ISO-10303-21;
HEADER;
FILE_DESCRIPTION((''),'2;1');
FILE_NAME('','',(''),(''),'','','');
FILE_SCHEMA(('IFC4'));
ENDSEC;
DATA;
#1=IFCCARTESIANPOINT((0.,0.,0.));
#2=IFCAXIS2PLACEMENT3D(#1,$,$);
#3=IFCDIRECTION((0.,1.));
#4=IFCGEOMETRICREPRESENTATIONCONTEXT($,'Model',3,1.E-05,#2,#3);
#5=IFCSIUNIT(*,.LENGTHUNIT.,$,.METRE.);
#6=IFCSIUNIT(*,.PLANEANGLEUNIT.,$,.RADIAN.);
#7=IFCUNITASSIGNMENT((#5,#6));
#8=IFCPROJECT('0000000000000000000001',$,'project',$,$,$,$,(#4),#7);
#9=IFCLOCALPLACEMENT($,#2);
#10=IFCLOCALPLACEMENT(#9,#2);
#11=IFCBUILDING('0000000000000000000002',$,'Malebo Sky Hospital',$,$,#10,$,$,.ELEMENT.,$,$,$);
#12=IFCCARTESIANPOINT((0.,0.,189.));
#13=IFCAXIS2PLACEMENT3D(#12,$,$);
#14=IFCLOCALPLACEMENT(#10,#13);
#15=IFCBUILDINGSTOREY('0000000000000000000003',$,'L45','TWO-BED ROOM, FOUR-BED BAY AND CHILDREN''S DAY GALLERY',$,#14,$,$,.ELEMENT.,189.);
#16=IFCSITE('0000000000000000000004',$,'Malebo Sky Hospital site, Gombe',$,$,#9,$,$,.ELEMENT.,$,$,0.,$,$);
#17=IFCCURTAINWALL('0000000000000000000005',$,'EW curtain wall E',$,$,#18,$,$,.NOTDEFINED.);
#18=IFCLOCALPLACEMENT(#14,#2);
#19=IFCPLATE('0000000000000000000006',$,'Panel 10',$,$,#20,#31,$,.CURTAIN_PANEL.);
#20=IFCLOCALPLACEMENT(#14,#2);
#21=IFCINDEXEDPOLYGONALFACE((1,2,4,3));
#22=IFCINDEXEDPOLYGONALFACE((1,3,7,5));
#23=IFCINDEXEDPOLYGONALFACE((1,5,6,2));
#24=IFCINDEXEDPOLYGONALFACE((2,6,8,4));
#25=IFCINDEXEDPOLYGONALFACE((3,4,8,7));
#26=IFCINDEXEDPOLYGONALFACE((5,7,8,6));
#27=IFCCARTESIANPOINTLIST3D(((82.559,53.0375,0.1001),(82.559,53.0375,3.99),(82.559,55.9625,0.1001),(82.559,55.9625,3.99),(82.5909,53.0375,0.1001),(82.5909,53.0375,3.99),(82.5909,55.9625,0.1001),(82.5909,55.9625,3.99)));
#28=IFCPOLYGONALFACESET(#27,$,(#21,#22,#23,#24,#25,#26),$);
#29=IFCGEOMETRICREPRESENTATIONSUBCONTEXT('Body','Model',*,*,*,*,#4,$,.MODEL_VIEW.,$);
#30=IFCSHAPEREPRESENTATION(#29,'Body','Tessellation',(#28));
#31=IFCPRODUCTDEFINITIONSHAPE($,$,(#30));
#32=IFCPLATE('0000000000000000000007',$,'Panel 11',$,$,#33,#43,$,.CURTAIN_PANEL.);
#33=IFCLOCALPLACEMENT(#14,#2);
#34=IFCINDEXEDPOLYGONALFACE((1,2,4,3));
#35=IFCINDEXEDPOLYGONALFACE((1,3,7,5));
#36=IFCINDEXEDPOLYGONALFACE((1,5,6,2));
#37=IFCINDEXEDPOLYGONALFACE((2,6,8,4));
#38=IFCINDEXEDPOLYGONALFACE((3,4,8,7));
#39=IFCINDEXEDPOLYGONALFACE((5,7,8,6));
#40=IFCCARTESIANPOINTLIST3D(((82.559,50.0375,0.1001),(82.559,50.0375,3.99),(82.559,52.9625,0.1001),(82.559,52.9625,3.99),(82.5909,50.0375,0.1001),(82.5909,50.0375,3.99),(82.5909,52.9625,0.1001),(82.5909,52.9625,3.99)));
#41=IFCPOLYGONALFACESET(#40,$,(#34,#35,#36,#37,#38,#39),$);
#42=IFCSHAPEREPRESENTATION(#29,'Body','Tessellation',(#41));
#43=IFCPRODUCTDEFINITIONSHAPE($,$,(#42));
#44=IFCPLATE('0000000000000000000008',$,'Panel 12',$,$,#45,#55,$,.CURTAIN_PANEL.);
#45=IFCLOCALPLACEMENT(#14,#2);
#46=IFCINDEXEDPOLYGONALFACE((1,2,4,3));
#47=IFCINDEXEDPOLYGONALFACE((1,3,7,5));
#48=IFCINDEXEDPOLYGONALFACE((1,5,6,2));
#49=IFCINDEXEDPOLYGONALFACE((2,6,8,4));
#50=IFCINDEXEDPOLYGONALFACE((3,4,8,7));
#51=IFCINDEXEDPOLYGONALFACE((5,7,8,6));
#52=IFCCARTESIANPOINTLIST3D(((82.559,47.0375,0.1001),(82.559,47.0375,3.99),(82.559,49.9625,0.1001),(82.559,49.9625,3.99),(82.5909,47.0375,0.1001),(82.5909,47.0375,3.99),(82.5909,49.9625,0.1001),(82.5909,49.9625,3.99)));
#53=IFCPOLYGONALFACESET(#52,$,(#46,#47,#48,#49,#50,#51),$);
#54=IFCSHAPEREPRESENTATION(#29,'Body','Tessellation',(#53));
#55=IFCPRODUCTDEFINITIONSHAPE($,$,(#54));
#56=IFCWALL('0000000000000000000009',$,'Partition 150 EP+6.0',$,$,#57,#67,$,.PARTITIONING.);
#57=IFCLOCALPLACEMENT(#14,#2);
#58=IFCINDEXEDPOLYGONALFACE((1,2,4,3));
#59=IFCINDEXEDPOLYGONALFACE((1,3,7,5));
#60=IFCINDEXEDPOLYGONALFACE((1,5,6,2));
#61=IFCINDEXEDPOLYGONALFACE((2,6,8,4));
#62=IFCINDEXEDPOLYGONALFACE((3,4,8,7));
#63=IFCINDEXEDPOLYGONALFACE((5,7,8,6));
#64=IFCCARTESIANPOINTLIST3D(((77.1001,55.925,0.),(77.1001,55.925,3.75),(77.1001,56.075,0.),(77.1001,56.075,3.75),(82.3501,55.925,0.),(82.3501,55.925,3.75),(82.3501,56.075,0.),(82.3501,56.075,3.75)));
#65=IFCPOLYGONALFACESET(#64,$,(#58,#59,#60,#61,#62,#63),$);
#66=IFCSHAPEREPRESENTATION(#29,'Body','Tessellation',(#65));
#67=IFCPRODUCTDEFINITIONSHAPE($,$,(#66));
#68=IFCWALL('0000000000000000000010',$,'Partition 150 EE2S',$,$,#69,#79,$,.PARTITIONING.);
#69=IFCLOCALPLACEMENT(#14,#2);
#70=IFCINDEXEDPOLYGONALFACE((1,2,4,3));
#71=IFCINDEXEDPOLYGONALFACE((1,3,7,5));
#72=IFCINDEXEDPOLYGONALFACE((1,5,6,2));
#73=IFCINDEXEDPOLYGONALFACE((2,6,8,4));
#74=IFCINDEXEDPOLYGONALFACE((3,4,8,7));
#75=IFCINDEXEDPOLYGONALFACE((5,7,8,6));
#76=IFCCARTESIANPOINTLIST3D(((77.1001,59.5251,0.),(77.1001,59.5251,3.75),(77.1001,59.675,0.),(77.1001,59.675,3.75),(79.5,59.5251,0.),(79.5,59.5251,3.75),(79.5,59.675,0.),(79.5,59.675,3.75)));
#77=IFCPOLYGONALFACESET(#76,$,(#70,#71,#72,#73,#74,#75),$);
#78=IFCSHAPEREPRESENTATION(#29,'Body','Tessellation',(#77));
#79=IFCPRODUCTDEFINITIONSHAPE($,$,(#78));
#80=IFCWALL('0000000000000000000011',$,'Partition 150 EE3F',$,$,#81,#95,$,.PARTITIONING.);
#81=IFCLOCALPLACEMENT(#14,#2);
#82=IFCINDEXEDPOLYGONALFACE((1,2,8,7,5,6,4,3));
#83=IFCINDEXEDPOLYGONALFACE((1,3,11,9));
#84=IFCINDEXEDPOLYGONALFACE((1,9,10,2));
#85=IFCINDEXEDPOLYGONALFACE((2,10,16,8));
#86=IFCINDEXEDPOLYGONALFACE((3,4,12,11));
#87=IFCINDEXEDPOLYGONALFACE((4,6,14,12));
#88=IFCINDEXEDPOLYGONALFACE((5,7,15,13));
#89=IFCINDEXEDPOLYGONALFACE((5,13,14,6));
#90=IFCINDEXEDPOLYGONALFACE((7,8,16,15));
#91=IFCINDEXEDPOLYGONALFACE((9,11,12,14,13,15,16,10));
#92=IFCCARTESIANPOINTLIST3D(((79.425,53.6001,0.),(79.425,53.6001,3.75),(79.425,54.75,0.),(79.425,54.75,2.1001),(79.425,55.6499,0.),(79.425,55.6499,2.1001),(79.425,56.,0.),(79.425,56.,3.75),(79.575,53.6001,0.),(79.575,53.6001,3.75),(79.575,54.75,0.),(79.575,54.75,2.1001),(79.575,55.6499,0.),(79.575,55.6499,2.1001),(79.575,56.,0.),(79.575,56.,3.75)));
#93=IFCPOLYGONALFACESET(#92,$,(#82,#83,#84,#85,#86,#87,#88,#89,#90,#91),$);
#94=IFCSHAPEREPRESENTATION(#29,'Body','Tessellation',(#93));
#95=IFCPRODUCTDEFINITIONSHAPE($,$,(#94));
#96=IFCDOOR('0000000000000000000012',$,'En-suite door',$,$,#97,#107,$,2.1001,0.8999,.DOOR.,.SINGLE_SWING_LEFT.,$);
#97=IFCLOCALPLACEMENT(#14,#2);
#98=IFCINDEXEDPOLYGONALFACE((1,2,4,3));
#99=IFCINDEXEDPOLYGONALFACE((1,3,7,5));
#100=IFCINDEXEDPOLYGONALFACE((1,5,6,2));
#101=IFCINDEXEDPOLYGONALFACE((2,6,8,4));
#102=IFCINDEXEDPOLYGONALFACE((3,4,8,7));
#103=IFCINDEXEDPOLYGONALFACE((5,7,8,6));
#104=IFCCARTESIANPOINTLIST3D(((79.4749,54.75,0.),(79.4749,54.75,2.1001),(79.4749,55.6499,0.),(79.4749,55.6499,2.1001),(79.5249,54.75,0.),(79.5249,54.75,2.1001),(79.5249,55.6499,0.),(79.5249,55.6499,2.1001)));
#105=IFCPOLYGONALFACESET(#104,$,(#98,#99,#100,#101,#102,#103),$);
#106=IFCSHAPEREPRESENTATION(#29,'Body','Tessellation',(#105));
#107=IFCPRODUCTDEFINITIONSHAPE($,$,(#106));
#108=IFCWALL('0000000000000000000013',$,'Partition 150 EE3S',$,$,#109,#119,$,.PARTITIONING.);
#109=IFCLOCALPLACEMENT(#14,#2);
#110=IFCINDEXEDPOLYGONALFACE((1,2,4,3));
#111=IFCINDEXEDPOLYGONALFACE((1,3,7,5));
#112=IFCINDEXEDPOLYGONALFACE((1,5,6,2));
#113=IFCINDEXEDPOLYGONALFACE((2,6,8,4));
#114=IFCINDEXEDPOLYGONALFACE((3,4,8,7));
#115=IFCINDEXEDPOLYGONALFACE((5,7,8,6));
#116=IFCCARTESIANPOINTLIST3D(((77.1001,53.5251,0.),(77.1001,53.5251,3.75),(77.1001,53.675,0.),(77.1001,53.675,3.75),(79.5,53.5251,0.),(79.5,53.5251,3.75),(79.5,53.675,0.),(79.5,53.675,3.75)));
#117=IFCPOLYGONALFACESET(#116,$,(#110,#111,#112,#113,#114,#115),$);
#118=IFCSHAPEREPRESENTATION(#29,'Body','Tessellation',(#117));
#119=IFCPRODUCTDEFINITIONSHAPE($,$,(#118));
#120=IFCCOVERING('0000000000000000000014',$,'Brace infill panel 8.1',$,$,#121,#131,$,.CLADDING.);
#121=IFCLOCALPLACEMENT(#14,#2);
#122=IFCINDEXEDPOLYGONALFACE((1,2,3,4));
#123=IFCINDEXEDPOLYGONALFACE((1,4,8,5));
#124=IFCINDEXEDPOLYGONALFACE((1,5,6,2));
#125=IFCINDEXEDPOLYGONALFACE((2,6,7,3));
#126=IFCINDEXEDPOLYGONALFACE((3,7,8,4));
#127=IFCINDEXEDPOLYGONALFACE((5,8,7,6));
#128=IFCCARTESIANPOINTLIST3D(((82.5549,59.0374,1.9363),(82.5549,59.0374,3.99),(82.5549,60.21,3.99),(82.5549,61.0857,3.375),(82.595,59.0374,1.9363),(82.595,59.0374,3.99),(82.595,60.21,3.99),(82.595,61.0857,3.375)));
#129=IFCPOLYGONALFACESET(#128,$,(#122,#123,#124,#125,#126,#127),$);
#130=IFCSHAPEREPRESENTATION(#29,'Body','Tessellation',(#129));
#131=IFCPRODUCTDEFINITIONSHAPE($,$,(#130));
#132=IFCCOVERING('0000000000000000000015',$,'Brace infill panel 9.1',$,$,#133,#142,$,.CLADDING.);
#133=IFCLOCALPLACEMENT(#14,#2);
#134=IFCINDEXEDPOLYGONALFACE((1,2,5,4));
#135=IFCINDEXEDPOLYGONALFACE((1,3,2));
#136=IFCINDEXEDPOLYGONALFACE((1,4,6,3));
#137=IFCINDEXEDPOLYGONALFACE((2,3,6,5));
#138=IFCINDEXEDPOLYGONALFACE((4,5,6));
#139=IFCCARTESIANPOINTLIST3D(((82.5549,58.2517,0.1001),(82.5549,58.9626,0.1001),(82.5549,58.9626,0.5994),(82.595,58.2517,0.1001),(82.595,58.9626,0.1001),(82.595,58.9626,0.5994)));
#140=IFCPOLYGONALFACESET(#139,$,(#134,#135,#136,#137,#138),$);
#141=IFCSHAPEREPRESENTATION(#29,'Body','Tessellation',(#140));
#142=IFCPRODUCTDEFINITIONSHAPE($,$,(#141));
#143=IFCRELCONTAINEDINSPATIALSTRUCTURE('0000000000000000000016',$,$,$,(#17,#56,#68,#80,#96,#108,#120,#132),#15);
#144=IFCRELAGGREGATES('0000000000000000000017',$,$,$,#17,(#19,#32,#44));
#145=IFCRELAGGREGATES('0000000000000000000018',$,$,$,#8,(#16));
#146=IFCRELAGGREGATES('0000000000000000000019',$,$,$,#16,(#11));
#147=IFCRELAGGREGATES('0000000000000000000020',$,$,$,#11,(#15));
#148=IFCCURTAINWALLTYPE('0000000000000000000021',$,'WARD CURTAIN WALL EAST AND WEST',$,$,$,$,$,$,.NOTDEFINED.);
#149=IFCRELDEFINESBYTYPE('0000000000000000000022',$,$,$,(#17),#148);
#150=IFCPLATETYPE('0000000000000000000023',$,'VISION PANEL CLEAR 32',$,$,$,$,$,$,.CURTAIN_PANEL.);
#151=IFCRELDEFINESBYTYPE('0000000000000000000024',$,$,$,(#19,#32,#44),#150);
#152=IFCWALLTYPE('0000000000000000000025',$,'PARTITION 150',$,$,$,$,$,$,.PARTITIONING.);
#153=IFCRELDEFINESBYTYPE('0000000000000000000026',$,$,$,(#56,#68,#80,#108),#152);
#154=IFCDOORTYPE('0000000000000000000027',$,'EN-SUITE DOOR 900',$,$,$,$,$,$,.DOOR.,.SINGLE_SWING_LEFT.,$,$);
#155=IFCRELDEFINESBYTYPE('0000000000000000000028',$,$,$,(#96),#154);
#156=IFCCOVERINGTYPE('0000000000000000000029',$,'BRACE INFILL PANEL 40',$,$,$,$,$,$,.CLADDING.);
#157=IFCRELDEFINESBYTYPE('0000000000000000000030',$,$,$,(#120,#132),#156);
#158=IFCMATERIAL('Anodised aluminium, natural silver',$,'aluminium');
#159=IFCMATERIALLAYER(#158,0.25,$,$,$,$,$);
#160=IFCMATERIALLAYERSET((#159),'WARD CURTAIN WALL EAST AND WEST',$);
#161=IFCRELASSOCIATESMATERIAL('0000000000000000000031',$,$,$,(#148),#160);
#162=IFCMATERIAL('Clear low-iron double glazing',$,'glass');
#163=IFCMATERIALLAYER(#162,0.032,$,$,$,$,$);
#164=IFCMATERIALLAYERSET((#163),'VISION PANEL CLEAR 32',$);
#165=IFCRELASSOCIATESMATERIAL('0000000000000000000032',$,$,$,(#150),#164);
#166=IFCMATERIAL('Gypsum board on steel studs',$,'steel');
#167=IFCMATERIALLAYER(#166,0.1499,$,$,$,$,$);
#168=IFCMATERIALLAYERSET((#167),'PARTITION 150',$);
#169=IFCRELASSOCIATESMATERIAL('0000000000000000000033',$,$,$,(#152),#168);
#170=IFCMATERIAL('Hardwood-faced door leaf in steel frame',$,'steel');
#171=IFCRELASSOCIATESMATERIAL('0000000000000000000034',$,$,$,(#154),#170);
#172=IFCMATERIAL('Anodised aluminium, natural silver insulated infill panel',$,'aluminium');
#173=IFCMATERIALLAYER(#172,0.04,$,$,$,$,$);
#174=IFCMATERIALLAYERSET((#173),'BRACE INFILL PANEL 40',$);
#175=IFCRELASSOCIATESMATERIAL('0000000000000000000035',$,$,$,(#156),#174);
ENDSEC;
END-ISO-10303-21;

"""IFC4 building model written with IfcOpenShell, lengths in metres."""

from ifc_helpers import new_model, si_unit, direction, frame, frame_2d, origin, origin_2d, place, context, subcontext, project, spatial, polyline, rectangle, outline, extrude, material, layer, layer_set, type_object, element, fill, aggregate, save


model = new_model("IFC4")

# Units and contexts
model_context = context("Model", 3, precision=1e-05, world=origin(), true_north=direction((0.0, 1.0)))
body_context = subcontext(model_context, "Body", "Model", "MODEL_VIEW")
ifc_project = project(units=[si_unit("LENGTHUNIT", "METRE"), si_unit("PLANEANGLEUNIT", "RADIAN")], contexts=[model_context])

# Site, building, storey
site_placement = place(None, origin())
site = spatial("IfcSite", under=ifc_project, at=site_placement, Name="Malebo Sky Hospital site, Gombe", CompositionType="ELEMENT", RefElevation=0.0)
building_placement = place(site_placement, origin())
building = spatial("IfcBuilding", under=site, at=building_placement, Name="Malebo Sky Hospital", CompositionType="ELEMENT")
storey_placement = place(building_placement, frame((0.0, 0.0, 189.0)))
storey = spatial("IfcBuildingStorey", under=building, at=storey_placement, Name="L45", Description="TWO-BED ROOM, FOUR-BED BAY AND CHILDREN'S DAY GALLERY", CompositionType="ELEMENT", Elevation=189.0)

# Curtain wall
ifc_material_1 = material(Name="Anodised aluminium, natural silver", Category="aluminium")
ifc_layer_1 = layer(ifc_material_1, 0.25)
ifc_layer_set_1 = layer_set([ifc_layer_1], Name="WARD CURTAIN WALL EAST AND WEST")
curtain_wall_type = type_object("IfcCurtainWallType", Name="WARD CURTAIN WALL EAST AND WEST", PredefinedType="NOTDEFINED", material=ifc_layer_set_1)
curtain_wall_placement = place(storey_placement, origin())
curtain_wall = element("IfcCurtainWall", 1, at=curtain_wall_placement, inside=storey, type_object=curtain_wall_type, Name="EW curtain wall E", PredefinedType="NOTDEFINED")

# Plates
ifc_material_2 = material(Name="Clear low-iron double glazing", Category="glass")
ifc_layer_2 = layer(ifc_material_2, 0.032)
ifc_layer_set_2 = layer_set([ifc_layer_2], Name="VISION PANEL CLEAR 32")
plate_type = type_object("IfcPlateType", Name="VISION PANEL CLEAR 32", PredefinedType="CURTAIN_PANEL", material=ifc_layer_set_2)
plate_1_placement = place(storey_placement, frame((82.575, 54.5, 0.1001), z_axis=(0.0, 0.0, 1.0), x_axis=(0.0, -1.0, 0.0)))
plate_1 = element("IfcPlate", 2, at=plate_1_placement, type_object=plate_type, Name="Panel 10", PredefinedType="CURTAIN_PANEL", context=body_context, shape_type="SweptSolid", body=[
    extrude(rectangle(XDim=2.925, YDim=0.032, at=origin_2d()), origin(), (0.0, 0.0, 1.0), 3.8899),
])
plate_2_placement = place(storey_placement, frame((82.575, 51.5, 0.1001), z_axis=(0.0, 0.0, 1.0), x_axis=(0.0, -1.0, 0.0)))
plate_2 = element("IfcPlate", 3, at=plate_2_placement, type_object=plate_type, Name="Panel 11", PredefinedType="CURTAIN_PANEL", context=body_context, shape_type="SweptSolid", body=[
    extrude(rectangle(XDim=2.925, YDim=0.032, at=origin_2d()), origin(), (0.0, 0.0, 1.0), 3.8899),
])
plate_3_placement = place(storey_placement, frame((82.575, 48.5, 0.1001), z_axis=(0.0, 0.0, 1.0), x_axis=(0.0, -1.0, 0.0)))
plate_3 = element("IfcPlate", 4, at=plate_3_placement, type_object=plate_type, Name="Panel 12", PredefinedType="CURTAIN_PANEL", context=body_context, shape_type="SweptSolid", body=[
    extrude(rectangle(XDim=2.925, YDim=0.032, at=origin_2d()), origin(), (0.0, 0.0, 1.0), 3.8899),
])
aggregate(curtain_wall, [plate_1, plate_2, plate_3])

# Walls
ifc_material_3 = material(Name="Gypsum board on steel studs", Category="steel")
ifc_layer_3 = layer(ifc_material_3, 0.1499)
ifc_layer_set_3 = layer_set([ifc_layer_3], Name="PARTITION 150")
wall_type = type_object("IfcWallType", Name="PARTITION 150", PredefinedType="PARTITIONING", material=ifc_layer_set_3)
wall_1_placement = place(storey_placement, frame((77.1001, 56.0, 0.0), z_axis=(0.0, 0.0, 1.0), x_axis=(1.0, 0.0, 0.0)))
element("IfcWall", 5, at=wall_1_placement, inside=storey, type_object=wall_type, Name="Partition 150 EP+6.0", PredefinedType="PARTITIONING", context=body_context, shape_type="SweptSolid", body=[
    extrude(rectangle(XDim=5.25, YDim=0.1499, at=frame_2d((2.625, 0.0))), origin(), (0.0, 0.0, 1.0), 3.75),
])
wall_2_placement = place(storey_placement, frame((77.1001, 59.6001, 0.0), z_axis=(0.0, 0.0, 1.0), x_axis=(1.0, 0.0, 0.0)))
element("IfcWall", 6, at=wall_2_placement, inside=storey, type_object=wall_type, Name="Partition 150 EE2S", PredefinedType="PARTITIONING", context=body_context, shape_type="SweptSolid", body=[
    extrude(rectangle(XDim=2.3999, YDim=0.1499, at=frame_2d((1.2, 0.0))), origin(), (0.0, 0.0, 1.0), 3.75),
])

# Wall, opening, door
wall_3_placement = place(storey_placement, frame((79.5, 56.0, 0.0), z_axis=(0.0, 0.0, 1.0), x_axis=(0.0, -1.0, 0.0)))
wall_3 = element("IfcWall", 7, at=wall_3_placement, inside=storey, type_object=wall_type, Name="Partition 150 EE3F", PredefinedType="PARTITIONING", context=body_context, shape_type="SweptSolid", body=[
    extrude(rectangle(XDim=2.3999, YDim=0.1499, at=frame_2d((1.2, 0.0))), origin(), (0.0, 0.0, 1.0), 3.75),
])
opening_placement = place(wall_3_placement, frame((0.3501, 0.0, 0.0)))
opening = element("IfcOpeningElement", 8, at=opening_placement, cuts=wall_3, PredefinedType="OPENING", context=body_context, shape_type="SweptSolid", body=[
    extrude(rectangle(XDim=0.8999, YDim=2.1001, at=frame_2d((0.45, 1.05))), frame((0.0, 0.085, 0.0), z_axis=(0.0, -1.0, 0.0), x_axis=(1.0, 0.0, 0.0)), (0.0, 0.0, 1.0), 0.1699),
])
ifc_material_4 = material(Name="Hardwood-faced door leaf in steel frame", Category="steel")
door_type = type_object("IfcDoorType", Name="EN-SUITE DOOR 900", OperationType="SINGLE_SWING_LEFT", PredefinedType="DOOR", material=ifc_material_4)
door_placement = place(opening_placement, origin())
door = element("IfcDoor", 9, at=door_placement, inside=storey, type_object=door_type, Name="En-suite door", OperationType="SINGLE_SWING_LEFT", OverallHeight=2.1001, OverallWidth=0.8999, PredefinedType="DOOR", context=body_context, shape_type="SweptSolid", body=[
    extrude(rectangle(XDim=0.8999, YDim=2.1001, at=frame_2d((0.45, 1.05))), frame((0.0, 0.0249, 0.0), z_axis=(0.0, -1.0, 0.0), x_axis=(1.0, 0.0, 0.0)), (0.0, 0.0, 1.0), 0.05),
])
fill(opening, door)

# Wall
wall_4_placement = place(storey_placement, frame((77.1001, 53.6001, 0.0), z_axis=(0.0, 0.0, 1.0), x_axis=(1.0, 0.0, 0.0)))
element("IfcWall", 10, at=wall_4_placement, inside=storey, type_object=wall_type, Name="Partition 150 EE3S", PredefinedType="PARTITIONING", context=body_context, shape_type="SweptSolid", body=[
    extrude(rectangle(XDim=2.3999, YDim=0.1499, at=frame_2d((1.2, 0.0))), origin(), (0.0, 0.0, 1.0), 3.75),
])

# Coverings
ifc_material_5 = material(Name="Anodised aluminium, natural silver insulated infill panel", Category="aluminium")
ifc_layer_4 = layer(ifc_material_5, 0.04)
ifc_layer_set_4 = layer_set([ifc_layer_4], Name="BRACE INFILL PANEL 40")
covering_type = type_object("IfcCoveringType", Name="BRACE INFILL PANEL 40", PredefinedType="CLADDING", material=ifc_layer_set_4)
covering_1_placement = place(storey_placement, frame((82.575, 60.0615, 1.9363), z_axis=(0.0, 0.0, 1.0), x_axis=(0.0, -1.0, 0.0)))
element("IfcCovering", 11, at=covering_1_placement, inside=storey, type_object=covering_type, Name="Brace infill panel 8.1", PredefinedType="CLADDING", context=body_context, shape_type="SweptSolid", body=[
    extrude(outline(polyline([(1.0242, 0.0), (1.0242, 2.0537), (-0.1484, 2.0537), (-1.0242, 1.4387), (1.0242, 0.0)])), frame((0.0, 0.02, 0.0), z_axis=(0.0, -1.0, 0.0), x_axis=(1.0, 0.0, 0.0)), (0.0, 0.0, 1.0), 0.04),
])
covering_2_placement = place(storey_placement, frame((82.575, 58.6072, 0.1001), z_axis=(0.0, 0.0, 1.0), x_axis=(0.0, -1.0, 0.0)))
element("IfcCovering", 12, at=covering_2_placement, inside=storey, type_object=covering_type, Name="Brace infill panel 9.1", PredefinedType="CLADDING", context=body_context, shape_type="SweptSolid", body=[
    extrude(outline(polyline([(-0.3555, 0.0), (0.3555, 0.0), (-0.3555, 0.4993), (-0.3555, 0.0)])), frame((0.0, 0.02, 0.0), z_axis=(0.0, -1.0, 0.0), x_axis=(1.0, 0.0, 0.0)), (0.0, 0.0, 1.0), 0.04),
])

save(model, "model.ifc")
